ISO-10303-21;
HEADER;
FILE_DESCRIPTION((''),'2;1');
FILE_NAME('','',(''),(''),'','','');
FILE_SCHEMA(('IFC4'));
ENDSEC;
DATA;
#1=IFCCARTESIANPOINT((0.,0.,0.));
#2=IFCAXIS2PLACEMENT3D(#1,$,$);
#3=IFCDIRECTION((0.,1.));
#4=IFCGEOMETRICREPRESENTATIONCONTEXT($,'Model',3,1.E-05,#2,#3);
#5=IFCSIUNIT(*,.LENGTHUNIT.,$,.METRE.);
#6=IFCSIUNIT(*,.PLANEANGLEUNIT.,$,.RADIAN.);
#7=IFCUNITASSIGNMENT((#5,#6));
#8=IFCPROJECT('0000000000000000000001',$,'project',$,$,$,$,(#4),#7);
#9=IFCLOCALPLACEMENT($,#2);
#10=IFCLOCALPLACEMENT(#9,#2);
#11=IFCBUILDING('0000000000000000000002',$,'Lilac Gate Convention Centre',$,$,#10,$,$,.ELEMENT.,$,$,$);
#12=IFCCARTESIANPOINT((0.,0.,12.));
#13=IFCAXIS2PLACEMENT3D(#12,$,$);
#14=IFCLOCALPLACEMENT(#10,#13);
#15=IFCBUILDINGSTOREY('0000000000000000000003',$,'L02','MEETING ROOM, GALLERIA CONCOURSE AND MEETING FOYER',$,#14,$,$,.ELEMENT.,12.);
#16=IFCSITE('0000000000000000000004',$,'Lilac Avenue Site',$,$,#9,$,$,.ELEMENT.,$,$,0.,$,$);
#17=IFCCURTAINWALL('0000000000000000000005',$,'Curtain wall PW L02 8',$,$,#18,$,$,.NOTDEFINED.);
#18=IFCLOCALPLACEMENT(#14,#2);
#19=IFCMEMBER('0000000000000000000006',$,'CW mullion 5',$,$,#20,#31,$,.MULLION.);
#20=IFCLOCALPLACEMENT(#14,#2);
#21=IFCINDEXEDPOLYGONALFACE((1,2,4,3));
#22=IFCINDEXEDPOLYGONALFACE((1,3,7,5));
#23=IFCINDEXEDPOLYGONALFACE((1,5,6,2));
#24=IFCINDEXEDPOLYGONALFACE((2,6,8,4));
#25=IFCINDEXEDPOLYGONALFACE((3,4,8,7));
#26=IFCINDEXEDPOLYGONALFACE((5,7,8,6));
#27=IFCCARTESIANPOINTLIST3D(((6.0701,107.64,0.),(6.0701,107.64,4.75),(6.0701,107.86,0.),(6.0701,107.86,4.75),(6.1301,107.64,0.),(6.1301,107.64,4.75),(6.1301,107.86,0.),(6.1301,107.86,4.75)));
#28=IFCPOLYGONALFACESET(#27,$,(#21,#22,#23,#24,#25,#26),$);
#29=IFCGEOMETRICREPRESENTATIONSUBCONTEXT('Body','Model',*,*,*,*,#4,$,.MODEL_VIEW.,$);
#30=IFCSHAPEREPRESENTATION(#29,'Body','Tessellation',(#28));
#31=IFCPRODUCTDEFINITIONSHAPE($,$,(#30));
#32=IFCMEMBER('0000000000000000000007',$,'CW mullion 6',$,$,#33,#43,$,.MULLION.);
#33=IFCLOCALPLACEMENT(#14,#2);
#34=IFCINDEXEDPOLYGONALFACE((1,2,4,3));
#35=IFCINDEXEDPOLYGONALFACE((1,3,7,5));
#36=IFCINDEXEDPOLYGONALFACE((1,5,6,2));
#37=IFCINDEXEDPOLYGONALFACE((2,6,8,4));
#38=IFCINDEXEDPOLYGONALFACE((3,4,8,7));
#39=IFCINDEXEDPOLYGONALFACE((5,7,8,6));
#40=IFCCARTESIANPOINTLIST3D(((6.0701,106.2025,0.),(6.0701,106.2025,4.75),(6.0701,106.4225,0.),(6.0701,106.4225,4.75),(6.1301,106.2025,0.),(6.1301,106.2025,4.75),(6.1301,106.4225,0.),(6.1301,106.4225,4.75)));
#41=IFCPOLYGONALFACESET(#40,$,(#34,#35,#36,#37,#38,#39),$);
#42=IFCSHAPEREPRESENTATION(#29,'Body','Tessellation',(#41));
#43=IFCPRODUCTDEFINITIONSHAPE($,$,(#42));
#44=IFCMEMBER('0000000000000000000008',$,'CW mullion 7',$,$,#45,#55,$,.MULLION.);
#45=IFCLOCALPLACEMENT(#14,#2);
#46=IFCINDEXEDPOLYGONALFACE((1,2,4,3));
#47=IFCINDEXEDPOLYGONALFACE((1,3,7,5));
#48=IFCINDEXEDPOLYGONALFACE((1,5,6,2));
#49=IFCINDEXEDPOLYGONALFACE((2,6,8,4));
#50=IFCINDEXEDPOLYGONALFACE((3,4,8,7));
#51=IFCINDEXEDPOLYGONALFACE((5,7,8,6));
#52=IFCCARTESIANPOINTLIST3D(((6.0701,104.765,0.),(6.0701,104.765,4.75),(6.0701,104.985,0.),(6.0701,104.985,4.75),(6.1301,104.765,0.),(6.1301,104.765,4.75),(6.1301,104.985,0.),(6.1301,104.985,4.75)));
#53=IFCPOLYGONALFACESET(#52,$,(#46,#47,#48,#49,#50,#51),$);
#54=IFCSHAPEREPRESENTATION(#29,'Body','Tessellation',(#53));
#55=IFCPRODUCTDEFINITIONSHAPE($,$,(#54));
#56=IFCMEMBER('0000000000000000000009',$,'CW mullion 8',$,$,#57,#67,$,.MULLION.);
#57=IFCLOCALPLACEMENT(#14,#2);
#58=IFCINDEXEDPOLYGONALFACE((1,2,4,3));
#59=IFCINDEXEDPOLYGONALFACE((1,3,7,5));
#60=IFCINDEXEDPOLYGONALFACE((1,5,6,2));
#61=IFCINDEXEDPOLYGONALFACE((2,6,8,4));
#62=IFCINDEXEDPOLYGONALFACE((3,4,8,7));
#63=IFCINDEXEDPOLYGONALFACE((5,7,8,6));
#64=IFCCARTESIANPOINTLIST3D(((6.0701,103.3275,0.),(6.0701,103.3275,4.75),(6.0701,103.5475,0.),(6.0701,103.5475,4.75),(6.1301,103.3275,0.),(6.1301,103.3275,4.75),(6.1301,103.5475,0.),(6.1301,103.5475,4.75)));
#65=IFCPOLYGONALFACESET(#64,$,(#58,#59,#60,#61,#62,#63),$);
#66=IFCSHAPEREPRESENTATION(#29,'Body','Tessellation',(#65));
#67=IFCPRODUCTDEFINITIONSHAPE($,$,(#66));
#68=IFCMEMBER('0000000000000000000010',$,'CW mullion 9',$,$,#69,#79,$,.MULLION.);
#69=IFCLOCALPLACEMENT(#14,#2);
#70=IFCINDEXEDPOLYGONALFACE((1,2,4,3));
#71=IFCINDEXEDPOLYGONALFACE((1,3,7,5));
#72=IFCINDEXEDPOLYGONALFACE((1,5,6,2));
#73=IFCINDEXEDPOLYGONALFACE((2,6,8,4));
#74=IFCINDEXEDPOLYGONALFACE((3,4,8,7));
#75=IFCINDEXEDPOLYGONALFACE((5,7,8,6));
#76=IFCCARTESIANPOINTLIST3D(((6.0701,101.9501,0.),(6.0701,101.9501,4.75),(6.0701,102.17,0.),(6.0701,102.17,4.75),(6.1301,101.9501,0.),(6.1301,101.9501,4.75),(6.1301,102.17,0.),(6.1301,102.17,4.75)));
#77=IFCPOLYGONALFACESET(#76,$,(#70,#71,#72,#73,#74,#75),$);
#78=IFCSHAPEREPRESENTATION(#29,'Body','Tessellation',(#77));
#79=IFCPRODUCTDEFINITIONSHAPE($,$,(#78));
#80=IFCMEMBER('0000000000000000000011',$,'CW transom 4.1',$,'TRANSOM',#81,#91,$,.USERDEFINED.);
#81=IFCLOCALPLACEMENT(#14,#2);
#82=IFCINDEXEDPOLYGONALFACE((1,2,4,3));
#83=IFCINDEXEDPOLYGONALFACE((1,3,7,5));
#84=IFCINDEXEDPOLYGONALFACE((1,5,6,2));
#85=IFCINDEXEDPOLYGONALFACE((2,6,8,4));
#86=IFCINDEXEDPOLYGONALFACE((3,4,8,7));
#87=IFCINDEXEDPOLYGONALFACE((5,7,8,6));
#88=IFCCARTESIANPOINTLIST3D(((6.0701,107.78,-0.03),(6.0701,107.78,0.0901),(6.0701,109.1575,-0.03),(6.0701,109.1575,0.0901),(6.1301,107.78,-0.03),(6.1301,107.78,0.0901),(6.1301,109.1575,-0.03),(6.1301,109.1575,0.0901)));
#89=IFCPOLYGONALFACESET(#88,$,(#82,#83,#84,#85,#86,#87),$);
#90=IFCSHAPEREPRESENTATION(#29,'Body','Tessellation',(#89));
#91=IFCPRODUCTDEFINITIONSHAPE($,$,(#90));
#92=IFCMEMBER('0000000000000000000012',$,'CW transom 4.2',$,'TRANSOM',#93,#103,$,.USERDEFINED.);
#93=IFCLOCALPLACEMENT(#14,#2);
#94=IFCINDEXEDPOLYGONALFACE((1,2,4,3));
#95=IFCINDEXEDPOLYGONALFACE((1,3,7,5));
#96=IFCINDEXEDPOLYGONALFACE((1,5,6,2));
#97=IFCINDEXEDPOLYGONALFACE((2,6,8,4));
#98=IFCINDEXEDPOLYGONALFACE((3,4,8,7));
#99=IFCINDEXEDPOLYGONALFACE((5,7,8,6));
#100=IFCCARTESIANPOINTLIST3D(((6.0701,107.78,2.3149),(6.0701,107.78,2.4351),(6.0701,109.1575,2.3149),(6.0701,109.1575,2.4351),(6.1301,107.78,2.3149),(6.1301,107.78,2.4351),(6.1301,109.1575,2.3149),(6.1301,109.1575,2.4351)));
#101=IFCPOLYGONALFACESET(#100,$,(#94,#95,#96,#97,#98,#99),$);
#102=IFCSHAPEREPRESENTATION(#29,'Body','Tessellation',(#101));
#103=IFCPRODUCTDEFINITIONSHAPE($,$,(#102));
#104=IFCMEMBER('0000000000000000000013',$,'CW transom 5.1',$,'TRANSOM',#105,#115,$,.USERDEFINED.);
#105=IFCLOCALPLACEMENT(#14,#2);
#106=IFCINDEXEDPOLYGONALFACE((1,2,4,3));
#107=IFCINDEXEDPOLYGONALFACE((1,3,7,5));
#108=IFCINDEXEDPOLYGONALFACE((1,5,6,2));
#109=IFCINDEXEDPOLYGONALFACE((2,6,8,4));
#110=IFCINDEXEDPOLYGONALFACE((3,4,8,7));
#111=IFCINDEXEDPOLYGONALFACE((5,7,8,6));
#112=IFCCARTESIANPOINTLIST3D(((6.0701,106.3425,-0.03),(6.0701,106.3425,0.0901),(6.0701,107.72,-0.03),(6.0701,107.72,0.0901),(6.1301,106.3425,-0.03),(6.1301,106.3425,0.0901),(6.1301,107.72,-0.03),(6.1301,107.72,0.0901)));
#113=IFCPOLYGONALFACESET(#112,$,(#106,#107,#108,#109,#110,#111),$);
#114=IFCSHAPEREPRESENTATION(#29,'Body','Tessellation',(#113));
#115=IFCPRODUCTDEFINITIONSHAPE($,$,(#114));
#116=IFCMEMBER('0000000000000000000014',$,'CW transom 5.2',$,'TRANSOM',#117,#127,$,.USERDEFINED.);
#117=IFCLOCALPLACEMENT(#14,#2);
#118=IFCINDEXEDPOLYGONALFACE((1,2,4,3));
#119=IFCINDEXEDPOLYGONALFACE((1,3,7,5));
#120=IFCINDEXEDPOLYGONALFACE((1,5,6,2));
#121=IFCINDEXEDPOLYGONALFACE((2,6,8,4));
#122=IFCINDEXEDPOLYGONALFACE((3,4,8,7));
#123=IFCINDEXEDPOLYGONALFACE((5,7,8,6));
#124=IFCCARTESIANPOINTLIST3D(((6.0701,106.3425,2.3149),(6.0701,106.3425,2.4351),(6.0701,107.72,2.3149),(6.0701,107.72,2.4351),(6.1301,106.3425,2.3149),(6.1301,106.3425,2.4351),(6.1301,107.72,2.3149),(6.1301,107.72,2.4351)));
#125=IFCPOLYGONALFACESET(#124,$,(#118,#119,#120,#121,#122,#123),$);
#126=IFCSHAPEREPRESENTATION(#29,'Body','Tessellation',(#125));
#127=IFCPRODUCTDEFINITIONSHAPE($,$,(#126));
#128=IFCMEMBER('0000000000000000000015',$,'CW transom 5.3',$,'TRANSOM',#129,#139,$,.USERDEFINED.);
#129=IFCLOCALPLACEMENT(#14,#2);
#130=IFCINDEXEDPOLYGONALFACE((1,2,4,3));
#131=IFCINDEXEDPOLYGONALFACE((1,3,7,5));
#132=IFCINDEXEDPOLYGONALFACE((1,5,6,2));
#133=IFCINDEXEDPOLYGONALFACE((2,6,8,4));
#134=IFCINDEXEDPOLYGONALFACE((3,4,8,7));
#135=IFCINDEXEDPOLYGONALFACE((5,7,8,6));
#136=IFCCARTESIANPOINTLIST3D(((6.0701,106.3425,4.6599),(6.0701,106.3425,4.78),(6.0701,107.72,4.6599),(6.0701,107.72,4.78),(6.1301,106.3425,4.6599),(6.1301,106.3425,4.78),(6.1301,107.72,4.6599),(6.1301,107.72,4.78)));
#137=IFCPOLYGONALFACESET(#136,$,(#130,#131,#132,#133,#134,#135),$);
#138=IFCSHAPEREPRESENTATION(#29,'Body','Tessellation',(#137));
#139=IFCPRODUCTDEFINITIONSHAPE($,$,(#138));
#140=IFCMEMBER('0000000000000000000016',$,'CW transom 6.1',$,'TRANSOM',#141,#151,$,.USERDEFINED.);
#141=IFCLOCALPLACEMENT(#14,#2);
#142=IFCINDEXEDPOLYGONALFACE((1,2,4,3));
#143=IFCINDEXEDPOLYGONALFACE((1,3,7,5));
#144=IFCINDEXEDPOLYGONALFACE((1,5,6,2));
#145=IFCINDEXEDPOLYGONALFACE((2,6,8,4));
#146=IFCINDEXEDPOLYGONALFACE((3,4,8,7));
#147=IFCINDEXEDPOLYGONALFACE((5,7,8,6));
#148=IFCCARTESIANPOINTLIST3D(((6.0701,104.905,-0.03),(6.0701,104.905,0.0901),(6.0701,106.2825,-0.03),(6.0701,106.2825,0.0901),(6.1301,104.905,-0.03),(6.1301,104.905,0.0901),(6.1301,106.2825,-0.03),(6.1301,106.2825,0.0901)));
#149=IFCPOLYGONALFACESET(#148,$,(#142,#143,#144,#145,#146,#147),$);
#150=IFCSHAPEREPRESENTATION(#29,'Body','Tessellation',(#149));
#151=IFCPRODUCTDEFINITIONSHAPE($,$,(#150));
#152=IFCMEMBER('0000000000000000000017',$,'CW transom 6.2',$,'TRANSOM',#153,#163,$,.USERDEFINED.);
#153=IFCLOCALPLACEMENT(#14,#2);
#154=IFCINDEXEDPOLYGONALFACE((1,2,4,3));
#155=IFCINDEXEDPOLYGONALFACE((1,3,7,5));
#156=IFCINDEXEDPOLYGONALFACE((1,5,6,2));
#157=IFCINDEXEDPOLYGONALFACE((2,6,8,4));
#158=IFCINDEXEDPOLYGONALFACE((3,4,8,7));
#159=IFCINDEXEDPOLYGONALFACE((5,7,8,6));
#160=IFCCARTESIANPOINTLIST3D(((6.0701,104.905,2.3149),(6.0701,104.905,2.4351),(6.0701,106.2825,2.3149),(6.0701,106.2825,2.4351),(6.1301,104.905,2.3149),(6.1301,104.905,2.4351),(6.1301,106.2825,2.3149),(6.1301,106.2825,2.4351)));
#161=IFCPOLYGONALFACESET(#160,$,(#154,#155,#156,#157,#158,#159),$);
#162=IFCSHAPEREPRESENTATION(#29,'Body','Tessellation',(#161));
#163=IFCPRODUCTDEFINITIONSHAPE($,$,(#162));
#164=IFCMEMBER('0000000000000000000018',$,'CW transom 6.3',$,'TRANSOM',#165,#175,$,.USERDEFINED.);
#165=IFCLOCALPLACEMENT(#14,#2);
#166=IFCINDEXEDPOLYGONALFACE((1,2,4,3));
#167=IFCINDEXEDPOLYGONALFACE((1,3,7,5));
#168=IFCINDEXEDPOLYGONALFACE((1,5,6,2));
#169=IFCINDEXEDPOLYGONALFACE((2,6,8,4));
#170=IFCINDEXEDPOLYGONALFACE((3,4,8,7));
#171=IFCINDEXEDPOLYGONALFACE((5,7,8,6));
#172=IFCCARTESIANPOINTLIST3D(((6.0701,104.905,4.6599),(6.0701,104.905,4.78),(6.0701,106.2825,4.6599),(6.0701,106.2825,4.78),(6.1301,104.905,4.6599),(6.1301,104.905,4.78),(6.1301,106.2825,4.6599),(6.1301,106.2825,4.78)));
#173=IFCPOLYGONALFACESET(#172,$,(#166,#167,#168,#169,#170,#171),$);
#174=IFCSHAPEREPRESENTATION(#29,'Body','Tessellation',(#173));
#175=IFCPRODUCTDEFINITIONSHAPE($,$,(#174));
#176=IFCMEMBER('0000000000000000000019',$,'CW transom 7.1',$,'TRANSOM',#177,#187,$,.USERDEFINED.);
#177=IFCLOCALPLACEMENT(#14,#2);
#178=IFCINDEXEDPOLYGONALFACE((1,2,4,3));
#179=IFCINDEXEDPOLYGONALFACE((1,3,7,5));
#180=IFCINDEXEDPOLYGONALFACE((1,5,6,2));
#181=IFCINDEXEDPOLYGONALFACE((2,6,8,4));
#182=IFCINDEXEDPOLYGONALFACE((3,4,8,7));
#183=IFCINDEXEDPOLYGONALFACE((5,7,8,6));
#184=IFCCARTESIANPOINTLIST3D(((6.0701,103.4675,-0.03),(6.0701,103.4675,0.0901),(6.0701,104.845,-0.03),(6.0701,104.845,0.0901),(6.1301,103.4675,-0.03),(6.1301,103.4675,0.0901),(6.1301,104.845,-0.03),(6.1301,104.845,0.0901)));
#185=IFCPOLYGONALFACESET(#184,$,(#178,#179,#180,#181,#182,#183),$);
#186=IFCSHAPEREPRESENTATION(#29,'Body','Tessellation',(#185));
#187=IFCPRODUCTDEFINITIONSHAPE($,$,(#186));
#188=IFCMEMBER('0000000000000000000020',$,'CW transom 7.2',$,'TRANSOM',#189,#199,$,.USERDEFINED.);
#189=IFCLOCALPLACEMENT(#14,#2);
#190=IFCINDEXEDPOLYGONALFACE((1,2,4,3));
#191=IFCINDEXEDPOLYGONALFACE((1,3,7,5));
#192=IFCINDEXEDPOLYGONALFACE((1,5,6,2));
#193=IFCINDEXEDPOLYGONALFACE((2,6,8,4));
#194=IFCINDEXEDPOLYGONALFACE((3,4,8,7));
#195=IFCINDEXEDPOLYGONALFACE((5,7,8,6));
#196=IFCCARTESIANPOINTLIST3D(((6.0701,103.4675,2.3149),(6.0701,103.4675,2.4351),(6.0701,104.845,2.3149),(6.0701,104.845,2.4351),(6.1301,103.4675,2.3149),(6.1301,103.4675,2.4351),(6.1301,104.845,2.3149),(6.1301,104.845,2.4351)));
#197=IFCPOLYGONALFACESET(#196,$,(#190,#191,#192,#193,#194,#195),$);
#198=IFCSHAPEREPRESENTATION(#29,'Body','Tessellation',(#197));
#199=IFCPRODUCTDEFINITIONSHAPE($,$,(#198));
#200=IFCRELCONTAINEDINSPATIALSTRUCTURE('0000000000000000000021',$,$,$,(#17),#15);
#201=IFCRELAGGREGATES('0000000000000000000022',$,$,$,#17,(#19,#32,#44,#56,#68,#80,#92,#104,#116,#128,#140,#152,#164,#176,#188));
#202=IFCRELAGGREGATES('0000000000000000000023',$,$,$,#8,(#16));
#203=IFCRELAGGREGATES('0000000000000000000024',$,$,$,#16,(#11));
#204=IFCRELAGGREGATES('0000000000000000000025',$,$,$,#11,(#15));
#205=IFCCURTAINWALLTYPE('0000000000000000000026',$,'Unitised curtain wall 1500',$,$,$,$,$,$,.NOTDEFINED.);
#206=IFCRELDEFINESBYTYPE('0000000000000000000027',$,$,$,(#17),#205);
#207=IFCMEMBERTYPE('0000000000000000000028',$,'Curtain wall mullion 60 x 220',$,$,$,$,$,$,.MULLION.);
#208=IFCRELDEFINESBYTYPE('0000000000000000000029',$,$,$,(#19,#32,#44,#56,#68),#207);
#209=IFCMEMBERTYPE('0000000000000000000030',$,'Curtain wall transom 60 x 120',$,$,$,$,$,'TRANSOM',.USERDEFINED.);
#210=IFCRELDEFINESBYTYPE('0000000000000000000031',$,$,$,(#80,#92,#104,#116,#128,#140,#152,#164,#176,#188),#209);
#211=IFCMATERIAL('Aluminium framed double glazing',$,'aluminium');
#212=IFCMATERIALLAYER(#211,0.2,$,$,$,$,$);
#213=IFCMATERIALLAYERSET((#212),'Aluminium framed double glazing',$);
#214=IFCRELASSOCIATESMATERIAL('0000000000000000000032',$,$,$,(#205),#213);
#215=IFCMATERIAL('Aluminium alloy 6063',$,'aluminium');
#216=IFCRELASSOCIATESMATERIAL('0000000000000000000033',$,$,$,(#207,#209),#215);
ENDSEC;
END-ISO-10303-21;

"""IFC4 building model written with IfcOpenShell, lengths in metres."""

from ifc_helpers import new_model, si_unit, direction, frame, origin, origin_2d, place, context, subcontext, project, spatial, rectangle, extrude, material, layer, layer_set, material_profile, profile_set, type_object, element, aggregate, save


model = new_model("IFC4")

# Units and contexts
model_context = context("Model", 3, precision=1e-05, world=origin(), true_north=direction((0.0, 1.0)))
body_context = subcontext(model_context, "Body", "Model", "MODEL_VIEW")
ifc_project = project(units=[si_unit("LENGTHUNIT", "METRE"), si_unit("PLANEANGLEUNIT", "RADIAN")], contexts=[model_context])

# Site, building, storey
site_placement = place(None, origin())
site = spatial("IfcSite", under=ifc_project, at=site_placement, Name="Lilac Avenue Site", CompositionType="ELEMENT", RefElevation=0.0)
building_placement = place(site_placement, origin())
building = spatial("IfcBuilding", under=site, at=building_placement, Name="Lilac Gate Convention Centre", CompositionType="ELEMENT")
storey_placement = place(building_placement, frame((0.0, 0.0, 12.0)))
storey = spatial("IfcBuildingStorey", under=building, at=storey_placement, Name="L02", Description="MEETING ROOM, GALLERIA CONCOURSE AND MEETING FOYER", CompositionType="ELEMENT", Elevation=12.0)

# Curtain wall, members
ifc_material_1 = material(Name="Aluminium framed double glazing", Category="aluminium")
ifc_layer_1 = layer(ifc_material_1, 0.2)
ifc_layer_set_1 = layer_set([ifc_layer_1], Name="Aluminium framed double glazing")
curtain_wall_type = type_object("IfcCurtainWallType", Name="Unitised curtain wall 1500", PredefinedType="NOTDEFINED", material=ifc_layer_set_1)
curtain_wall_placement = place(storey_placement, origin())
curtain_wall = element("IfcCurtainWall", 1, at=curtain_wall_placement, inside=storey, type_object=curtain_wall_type, Name="Curtain wall PW L02 8", PredefinedType="NOTDEFINED")
ifc_material_2 = material(Name="Aluminium alloy 6063", Category="aluminium")
ifc_material_profile_1 = material_profile(ifc_material_2, rectangle(XDim=0.0601, YDim=0.22, at=origin_2d()), Name="Curtain wall mullion 60 x 220")
ifc_profile_set_1 = profile_set([ifc_material_profile_1], Name="Aluminium alloy 6063")
member_type_1 = type_object("IfcMemberType", Name="Curtain wall mullion 60 x 220", PredefinedType="MULLION", material=ifc_profile_set_1)
member_1_placement = place(storey_placement, frame((6.1001, 107.75, 0.0), z_axis=(0.0, 0.0, 1.0), x_axis=(1.0, 0.0, 0.0)))
member_1 = element("IfcMember", 2, at=member_1_placement, type_object=member_type_1, Name="CW mullion 5", PredefinedType="MULLION", context=body_context, shape_type="SweptSolid", body=[
    extrude(rectangle(XDim=0.0601, YDim=0.22, at=origin_2d()), origin(), (0.0, 0.0, 1.0), 4.75),
])
member_2_placement = place(storey_placement, frame((6.1001, 106.3125, 0.0), z_axis=(0.0, 0.0, 1.0), x_axis=(1.0, 0.0, 0.0)))
member_2 = element("IfcMember", 3, at=member_2_placement, type_object=member_type_1, Name="CW mullion 6", PredefinedType="MULLION", context=body_context, shape_type="SweptSolid", body=[
    extrude(rectangle(XDim=0.0601, YDim=0.22, at=origin_2d()), origin(), (0.0, 0.0, 1.0), 4.75),
])
member_3_placement = place(storey_placement, frame((6.1001, 104.875, 0.0), z_axis=(0.0, 0.0, 1.0), x_axis=(1.0, 0.0, 0.0)))
member_3 = element("IfcMember", 4, at=member_3_placement, type_object=member_type_1, Name="CW mullion 7", PredefinedType="MULLION", context=body_context, shape_type="SweptSolid", body=[
    extrude(rectangle(XDim=0.0601, YDim=0.22, at=origin_2d()), origin(), (0.0, 0.0, 1.0), 4.75),
])
member_4_placement = place(storey_placement, frame((6.1001, 103.4375, 0.0), z_axis=(0.0, 0.0, 1.0), x_axis=(1.0, 0.0, 0.0)))
member_4 = element("IfcMember", 5, at=member_4_placement, type_object=member_type_1, Name="CW mullion 8", PredefinedType="MULLION", context=body_context, shape_type="SweptSolid", body=[
    extrude(rectangle(XDim=0.0601, YDim=0.22, at=origin_2d()), origin(), (0.0, 0.0, 1.0), 4.75),
])
member_5_placement = place(storey_placement, frame((6.1001, 102.0601, 0.0), z_axis=(0.0, 0.0, 1.0), x_axis=(1.0, 0.0, 0.0)))
member_5 = element("IfcMember", 6, at=member_5_placement, type_object=member_type_1, Name="CW mullion 9", PredefinedType="MULLION", context=body_context, shape_type="SweptSolid", body=[
    extrude(rectangle(XDim=0.0601, YDim=0.22, at=origin_2d()), origin(), (0.0, 0.0, 1.0), 4.75),
])
ifc_material_profile_2 = material_profile(ifc_material_2, rectangle(XDim=0.0601, YDim=0.1201, at=origin_2d()), Name="Curtain wall transom 60 x 120")
ifc_profile_set_2 = profile_set([ifc_material_profile_2], Name="Aluminium alloy 6063")
member_type_2 = type_object("IfcMemberType", Name="Curtain wall transom 60 x 120", ElementType="TRANSOM", PredefinedType="USERDEFINED", material=ifc_profile_set_2)
member_6_placement = place(storey_placement, frame((6.1001, 109.1575, 0.03), z_axis=(0.0, -1.0, 0.0), x_axis=(1.0, 0.0, 0.0)))
member_6 = element("IfcMember", 7, at=member_6_placement, type_object=member_type_2, Name="CW transom 4.1", ObjectType="TRANSOM", PredefinedType="USERDEFINED", context=body_context, shape_type="SweptSolid", body=[
    extrude(rectangle(XDim=0.0601, YDim=0.1201, at=origin_2d()), origin(), (0.0, 0.0, 1.0), 1.3774),
])
member_7_placement = place(storey_placement, frame((6.1001, 109.1575, 2.375), z_axis=(0.0, -1.0, 0.0), x_axis=(1.0, 0.0, 0.0)))
member_7 = element("IfcMember", 8, at=member_7_placement, type_object=member_type_2, Name="CW transom 4.2", ObjectType="TRANSOM", PredefinedType="USERDEFINED", context=body_context, shape_type="SweptSolid", body=[
    extrude(rectangle(XDim=0.0601, YDim=0.1201, at=origin_2d()), origin(), (0.0, 0.0, 1.0), 1.3774),
])
member_8_placement = place(storey_placement, frame((6.1001, 107.72, 0.03), z_axis=(0.0, -1.0, 0.0), x_axis=(1.0, 0.0, 0.0)))
member_8 = element("IfcMember", 9, at=member_8_placement, type_object=member_type_2, Name="CW transom 5.1", ObjectType="TRANSOM", PredefinedType="USERDEFINED", context=body_context, shape_type="SweptSolid", body=[
    extrude(rectangle(XDim=0.0601, YDim=0.1201, at=origin_2d()), origin(), (0.0, 0.0, 1.0), 1.3774),
])
member_9_placement = place(storey_placement, frame((6.1001, 107.72, 2.375), z_axis=(0.0, -1.0, 0.0), x_axis=(1.0, 0.0, 0.0)))
member_9 = element("IfcMember", 10, at=member_9_placement, type_object=member_type_2, Name="CW transom 5.2", ObjectType="TRANSOM", PredefinedType="USERDEFINED", context=body_context, shape_type="SweptSolid", body=[
    extrude(rectangle(XDim=0.0601, YDim=0.1201, at=origin_2d()), origin(), (0.0, 0.0, 1.0), 1.3774),
])
member_10_placement = place(storey_placement, frame((6.1001, 107.72, 4.72), z_axis=(0.0, -1.0, 0.0), x_axis=(1.0, 0.0, 0.0)))
member_10 = element("IfcMember", 11, at=member_10_placement, type_object=member_type_2, Name="CW transom 5.3", ObjectType="TRANSOM", PredefinedType="USERDEFINED", context=body_context, shape_type="SweptSolid", body=[
    extrude(rectangle(XDim=0.0601, YDim=0.1201, at=origin_2d()), origin(), (0.0, 0.0, 1.0), 1.3774),
])
member_11_placement = place(storey_placement, frame((6.1001, 106.2825, 0.03), z_axis=(0.0, -1.0, 0.0), x_axis=(1.0, 0.0, 0.0)))
member_11 = element("IfcMember", 12, at=member_11_placement, type_object=member_type_2, Name="CW transom 6.1", ObjectType="TRANSOM", PredefinedType="USERDEFINED", context=body_context, shape_type="SweptSolid", body=[
    extrude(rectangle(XDim=0.0601, YDim=0.1201, at=origin_2d()), origin(), (0.0, 0.0, 1.0), 1.3774),
])
member_12_placement = place(storey_placement, frame((6.1001, 106.2825, 2.375), z_axis=(0.0, -1.0, 0.0), x_axis=(1.0, 0.0, 0.0)))
member_12 = element("IfcMember", 13, at=member_12_placement, type_object=member_type_2, Name="CW transom 6.2", ObjectType="TRANSOM", PredefinedType="USERDEFINED", context=body_context, shape_type="SweptSolid", body=[
    extrude(rectangle(XDim=0.0601, YDim=0.1201, at=origin_2d()), origin(), (0.0, 0.0, 1.0), 1.3774),
])
member_13_placement = place(storey_placement, frame((6.1001, 106.2825, 4.72), z_axis=(0.0, -1.0, 0.0), x_axis=(1.0, 0.0, 0.0)))
member_13 = element("IfcMember", 14, at=member_13_placement, type_object=member_type_2, Name="CW transom 6.3", ObjectType="TRANSOM", PredefinedType="USERDEFINED", context=body_context, shape_type="SweptSolid", body=[
    extrude(rectangle(XDim=0.0601, YDim=0.1201, at=origin_2d()), origin(), (0.0, 0.0, 1.0), 1.3774),
])
member_14_placement = place(storey_placement, frame((6.1001, 104.845, 0.03), z_axis=(0.0, -1.0, 0.0), x_axis=(1.0, 0.0, 0.0)))
member_14 = element("IfcMember", 15, at=member_14_placement, type_object=member_type_2, Name="CW transom 7.1", ObjectType="TRANSOM", PredefinedType="USERDEFINED", context=body_context, shape_type="SweptSolid", body=[
    extrude(rectangle(XDim=0.0601, YDim=0.1201, at=origin_2d()), origin(), (0.0, 0.0, 1.0), 1.3774),
])
member_15_placement = place(storey_placement, frame((6.1001, 104.845, 2.375), z_axis=(0.0, -1.0, 0.0), x_axis=(1.0, 0.0, 0.0)))
member_15 = element("IfcMember", 16, at=member_15_placement, type_object=member_type_2, Name="CW transom 7.2", ObjectType="TRANSOM", PredefinedType="USERDEFINED", context=body_context, shape_type="SweptSolid", body=[
    extrude(rectangle(XDim=0.0601, YDim=0.1201, at=origin_2d()), origin(), (0.0, 0.0, 1.0), 1.3774),
])

aggregate(curtain_wall, [member_1, member_2, member_3, member_4, member_5, member_6, member_7, member_8, member_9, member_10, member_11, member_12, member_13, member_14, member_15])

save(model, "model.ifc")
